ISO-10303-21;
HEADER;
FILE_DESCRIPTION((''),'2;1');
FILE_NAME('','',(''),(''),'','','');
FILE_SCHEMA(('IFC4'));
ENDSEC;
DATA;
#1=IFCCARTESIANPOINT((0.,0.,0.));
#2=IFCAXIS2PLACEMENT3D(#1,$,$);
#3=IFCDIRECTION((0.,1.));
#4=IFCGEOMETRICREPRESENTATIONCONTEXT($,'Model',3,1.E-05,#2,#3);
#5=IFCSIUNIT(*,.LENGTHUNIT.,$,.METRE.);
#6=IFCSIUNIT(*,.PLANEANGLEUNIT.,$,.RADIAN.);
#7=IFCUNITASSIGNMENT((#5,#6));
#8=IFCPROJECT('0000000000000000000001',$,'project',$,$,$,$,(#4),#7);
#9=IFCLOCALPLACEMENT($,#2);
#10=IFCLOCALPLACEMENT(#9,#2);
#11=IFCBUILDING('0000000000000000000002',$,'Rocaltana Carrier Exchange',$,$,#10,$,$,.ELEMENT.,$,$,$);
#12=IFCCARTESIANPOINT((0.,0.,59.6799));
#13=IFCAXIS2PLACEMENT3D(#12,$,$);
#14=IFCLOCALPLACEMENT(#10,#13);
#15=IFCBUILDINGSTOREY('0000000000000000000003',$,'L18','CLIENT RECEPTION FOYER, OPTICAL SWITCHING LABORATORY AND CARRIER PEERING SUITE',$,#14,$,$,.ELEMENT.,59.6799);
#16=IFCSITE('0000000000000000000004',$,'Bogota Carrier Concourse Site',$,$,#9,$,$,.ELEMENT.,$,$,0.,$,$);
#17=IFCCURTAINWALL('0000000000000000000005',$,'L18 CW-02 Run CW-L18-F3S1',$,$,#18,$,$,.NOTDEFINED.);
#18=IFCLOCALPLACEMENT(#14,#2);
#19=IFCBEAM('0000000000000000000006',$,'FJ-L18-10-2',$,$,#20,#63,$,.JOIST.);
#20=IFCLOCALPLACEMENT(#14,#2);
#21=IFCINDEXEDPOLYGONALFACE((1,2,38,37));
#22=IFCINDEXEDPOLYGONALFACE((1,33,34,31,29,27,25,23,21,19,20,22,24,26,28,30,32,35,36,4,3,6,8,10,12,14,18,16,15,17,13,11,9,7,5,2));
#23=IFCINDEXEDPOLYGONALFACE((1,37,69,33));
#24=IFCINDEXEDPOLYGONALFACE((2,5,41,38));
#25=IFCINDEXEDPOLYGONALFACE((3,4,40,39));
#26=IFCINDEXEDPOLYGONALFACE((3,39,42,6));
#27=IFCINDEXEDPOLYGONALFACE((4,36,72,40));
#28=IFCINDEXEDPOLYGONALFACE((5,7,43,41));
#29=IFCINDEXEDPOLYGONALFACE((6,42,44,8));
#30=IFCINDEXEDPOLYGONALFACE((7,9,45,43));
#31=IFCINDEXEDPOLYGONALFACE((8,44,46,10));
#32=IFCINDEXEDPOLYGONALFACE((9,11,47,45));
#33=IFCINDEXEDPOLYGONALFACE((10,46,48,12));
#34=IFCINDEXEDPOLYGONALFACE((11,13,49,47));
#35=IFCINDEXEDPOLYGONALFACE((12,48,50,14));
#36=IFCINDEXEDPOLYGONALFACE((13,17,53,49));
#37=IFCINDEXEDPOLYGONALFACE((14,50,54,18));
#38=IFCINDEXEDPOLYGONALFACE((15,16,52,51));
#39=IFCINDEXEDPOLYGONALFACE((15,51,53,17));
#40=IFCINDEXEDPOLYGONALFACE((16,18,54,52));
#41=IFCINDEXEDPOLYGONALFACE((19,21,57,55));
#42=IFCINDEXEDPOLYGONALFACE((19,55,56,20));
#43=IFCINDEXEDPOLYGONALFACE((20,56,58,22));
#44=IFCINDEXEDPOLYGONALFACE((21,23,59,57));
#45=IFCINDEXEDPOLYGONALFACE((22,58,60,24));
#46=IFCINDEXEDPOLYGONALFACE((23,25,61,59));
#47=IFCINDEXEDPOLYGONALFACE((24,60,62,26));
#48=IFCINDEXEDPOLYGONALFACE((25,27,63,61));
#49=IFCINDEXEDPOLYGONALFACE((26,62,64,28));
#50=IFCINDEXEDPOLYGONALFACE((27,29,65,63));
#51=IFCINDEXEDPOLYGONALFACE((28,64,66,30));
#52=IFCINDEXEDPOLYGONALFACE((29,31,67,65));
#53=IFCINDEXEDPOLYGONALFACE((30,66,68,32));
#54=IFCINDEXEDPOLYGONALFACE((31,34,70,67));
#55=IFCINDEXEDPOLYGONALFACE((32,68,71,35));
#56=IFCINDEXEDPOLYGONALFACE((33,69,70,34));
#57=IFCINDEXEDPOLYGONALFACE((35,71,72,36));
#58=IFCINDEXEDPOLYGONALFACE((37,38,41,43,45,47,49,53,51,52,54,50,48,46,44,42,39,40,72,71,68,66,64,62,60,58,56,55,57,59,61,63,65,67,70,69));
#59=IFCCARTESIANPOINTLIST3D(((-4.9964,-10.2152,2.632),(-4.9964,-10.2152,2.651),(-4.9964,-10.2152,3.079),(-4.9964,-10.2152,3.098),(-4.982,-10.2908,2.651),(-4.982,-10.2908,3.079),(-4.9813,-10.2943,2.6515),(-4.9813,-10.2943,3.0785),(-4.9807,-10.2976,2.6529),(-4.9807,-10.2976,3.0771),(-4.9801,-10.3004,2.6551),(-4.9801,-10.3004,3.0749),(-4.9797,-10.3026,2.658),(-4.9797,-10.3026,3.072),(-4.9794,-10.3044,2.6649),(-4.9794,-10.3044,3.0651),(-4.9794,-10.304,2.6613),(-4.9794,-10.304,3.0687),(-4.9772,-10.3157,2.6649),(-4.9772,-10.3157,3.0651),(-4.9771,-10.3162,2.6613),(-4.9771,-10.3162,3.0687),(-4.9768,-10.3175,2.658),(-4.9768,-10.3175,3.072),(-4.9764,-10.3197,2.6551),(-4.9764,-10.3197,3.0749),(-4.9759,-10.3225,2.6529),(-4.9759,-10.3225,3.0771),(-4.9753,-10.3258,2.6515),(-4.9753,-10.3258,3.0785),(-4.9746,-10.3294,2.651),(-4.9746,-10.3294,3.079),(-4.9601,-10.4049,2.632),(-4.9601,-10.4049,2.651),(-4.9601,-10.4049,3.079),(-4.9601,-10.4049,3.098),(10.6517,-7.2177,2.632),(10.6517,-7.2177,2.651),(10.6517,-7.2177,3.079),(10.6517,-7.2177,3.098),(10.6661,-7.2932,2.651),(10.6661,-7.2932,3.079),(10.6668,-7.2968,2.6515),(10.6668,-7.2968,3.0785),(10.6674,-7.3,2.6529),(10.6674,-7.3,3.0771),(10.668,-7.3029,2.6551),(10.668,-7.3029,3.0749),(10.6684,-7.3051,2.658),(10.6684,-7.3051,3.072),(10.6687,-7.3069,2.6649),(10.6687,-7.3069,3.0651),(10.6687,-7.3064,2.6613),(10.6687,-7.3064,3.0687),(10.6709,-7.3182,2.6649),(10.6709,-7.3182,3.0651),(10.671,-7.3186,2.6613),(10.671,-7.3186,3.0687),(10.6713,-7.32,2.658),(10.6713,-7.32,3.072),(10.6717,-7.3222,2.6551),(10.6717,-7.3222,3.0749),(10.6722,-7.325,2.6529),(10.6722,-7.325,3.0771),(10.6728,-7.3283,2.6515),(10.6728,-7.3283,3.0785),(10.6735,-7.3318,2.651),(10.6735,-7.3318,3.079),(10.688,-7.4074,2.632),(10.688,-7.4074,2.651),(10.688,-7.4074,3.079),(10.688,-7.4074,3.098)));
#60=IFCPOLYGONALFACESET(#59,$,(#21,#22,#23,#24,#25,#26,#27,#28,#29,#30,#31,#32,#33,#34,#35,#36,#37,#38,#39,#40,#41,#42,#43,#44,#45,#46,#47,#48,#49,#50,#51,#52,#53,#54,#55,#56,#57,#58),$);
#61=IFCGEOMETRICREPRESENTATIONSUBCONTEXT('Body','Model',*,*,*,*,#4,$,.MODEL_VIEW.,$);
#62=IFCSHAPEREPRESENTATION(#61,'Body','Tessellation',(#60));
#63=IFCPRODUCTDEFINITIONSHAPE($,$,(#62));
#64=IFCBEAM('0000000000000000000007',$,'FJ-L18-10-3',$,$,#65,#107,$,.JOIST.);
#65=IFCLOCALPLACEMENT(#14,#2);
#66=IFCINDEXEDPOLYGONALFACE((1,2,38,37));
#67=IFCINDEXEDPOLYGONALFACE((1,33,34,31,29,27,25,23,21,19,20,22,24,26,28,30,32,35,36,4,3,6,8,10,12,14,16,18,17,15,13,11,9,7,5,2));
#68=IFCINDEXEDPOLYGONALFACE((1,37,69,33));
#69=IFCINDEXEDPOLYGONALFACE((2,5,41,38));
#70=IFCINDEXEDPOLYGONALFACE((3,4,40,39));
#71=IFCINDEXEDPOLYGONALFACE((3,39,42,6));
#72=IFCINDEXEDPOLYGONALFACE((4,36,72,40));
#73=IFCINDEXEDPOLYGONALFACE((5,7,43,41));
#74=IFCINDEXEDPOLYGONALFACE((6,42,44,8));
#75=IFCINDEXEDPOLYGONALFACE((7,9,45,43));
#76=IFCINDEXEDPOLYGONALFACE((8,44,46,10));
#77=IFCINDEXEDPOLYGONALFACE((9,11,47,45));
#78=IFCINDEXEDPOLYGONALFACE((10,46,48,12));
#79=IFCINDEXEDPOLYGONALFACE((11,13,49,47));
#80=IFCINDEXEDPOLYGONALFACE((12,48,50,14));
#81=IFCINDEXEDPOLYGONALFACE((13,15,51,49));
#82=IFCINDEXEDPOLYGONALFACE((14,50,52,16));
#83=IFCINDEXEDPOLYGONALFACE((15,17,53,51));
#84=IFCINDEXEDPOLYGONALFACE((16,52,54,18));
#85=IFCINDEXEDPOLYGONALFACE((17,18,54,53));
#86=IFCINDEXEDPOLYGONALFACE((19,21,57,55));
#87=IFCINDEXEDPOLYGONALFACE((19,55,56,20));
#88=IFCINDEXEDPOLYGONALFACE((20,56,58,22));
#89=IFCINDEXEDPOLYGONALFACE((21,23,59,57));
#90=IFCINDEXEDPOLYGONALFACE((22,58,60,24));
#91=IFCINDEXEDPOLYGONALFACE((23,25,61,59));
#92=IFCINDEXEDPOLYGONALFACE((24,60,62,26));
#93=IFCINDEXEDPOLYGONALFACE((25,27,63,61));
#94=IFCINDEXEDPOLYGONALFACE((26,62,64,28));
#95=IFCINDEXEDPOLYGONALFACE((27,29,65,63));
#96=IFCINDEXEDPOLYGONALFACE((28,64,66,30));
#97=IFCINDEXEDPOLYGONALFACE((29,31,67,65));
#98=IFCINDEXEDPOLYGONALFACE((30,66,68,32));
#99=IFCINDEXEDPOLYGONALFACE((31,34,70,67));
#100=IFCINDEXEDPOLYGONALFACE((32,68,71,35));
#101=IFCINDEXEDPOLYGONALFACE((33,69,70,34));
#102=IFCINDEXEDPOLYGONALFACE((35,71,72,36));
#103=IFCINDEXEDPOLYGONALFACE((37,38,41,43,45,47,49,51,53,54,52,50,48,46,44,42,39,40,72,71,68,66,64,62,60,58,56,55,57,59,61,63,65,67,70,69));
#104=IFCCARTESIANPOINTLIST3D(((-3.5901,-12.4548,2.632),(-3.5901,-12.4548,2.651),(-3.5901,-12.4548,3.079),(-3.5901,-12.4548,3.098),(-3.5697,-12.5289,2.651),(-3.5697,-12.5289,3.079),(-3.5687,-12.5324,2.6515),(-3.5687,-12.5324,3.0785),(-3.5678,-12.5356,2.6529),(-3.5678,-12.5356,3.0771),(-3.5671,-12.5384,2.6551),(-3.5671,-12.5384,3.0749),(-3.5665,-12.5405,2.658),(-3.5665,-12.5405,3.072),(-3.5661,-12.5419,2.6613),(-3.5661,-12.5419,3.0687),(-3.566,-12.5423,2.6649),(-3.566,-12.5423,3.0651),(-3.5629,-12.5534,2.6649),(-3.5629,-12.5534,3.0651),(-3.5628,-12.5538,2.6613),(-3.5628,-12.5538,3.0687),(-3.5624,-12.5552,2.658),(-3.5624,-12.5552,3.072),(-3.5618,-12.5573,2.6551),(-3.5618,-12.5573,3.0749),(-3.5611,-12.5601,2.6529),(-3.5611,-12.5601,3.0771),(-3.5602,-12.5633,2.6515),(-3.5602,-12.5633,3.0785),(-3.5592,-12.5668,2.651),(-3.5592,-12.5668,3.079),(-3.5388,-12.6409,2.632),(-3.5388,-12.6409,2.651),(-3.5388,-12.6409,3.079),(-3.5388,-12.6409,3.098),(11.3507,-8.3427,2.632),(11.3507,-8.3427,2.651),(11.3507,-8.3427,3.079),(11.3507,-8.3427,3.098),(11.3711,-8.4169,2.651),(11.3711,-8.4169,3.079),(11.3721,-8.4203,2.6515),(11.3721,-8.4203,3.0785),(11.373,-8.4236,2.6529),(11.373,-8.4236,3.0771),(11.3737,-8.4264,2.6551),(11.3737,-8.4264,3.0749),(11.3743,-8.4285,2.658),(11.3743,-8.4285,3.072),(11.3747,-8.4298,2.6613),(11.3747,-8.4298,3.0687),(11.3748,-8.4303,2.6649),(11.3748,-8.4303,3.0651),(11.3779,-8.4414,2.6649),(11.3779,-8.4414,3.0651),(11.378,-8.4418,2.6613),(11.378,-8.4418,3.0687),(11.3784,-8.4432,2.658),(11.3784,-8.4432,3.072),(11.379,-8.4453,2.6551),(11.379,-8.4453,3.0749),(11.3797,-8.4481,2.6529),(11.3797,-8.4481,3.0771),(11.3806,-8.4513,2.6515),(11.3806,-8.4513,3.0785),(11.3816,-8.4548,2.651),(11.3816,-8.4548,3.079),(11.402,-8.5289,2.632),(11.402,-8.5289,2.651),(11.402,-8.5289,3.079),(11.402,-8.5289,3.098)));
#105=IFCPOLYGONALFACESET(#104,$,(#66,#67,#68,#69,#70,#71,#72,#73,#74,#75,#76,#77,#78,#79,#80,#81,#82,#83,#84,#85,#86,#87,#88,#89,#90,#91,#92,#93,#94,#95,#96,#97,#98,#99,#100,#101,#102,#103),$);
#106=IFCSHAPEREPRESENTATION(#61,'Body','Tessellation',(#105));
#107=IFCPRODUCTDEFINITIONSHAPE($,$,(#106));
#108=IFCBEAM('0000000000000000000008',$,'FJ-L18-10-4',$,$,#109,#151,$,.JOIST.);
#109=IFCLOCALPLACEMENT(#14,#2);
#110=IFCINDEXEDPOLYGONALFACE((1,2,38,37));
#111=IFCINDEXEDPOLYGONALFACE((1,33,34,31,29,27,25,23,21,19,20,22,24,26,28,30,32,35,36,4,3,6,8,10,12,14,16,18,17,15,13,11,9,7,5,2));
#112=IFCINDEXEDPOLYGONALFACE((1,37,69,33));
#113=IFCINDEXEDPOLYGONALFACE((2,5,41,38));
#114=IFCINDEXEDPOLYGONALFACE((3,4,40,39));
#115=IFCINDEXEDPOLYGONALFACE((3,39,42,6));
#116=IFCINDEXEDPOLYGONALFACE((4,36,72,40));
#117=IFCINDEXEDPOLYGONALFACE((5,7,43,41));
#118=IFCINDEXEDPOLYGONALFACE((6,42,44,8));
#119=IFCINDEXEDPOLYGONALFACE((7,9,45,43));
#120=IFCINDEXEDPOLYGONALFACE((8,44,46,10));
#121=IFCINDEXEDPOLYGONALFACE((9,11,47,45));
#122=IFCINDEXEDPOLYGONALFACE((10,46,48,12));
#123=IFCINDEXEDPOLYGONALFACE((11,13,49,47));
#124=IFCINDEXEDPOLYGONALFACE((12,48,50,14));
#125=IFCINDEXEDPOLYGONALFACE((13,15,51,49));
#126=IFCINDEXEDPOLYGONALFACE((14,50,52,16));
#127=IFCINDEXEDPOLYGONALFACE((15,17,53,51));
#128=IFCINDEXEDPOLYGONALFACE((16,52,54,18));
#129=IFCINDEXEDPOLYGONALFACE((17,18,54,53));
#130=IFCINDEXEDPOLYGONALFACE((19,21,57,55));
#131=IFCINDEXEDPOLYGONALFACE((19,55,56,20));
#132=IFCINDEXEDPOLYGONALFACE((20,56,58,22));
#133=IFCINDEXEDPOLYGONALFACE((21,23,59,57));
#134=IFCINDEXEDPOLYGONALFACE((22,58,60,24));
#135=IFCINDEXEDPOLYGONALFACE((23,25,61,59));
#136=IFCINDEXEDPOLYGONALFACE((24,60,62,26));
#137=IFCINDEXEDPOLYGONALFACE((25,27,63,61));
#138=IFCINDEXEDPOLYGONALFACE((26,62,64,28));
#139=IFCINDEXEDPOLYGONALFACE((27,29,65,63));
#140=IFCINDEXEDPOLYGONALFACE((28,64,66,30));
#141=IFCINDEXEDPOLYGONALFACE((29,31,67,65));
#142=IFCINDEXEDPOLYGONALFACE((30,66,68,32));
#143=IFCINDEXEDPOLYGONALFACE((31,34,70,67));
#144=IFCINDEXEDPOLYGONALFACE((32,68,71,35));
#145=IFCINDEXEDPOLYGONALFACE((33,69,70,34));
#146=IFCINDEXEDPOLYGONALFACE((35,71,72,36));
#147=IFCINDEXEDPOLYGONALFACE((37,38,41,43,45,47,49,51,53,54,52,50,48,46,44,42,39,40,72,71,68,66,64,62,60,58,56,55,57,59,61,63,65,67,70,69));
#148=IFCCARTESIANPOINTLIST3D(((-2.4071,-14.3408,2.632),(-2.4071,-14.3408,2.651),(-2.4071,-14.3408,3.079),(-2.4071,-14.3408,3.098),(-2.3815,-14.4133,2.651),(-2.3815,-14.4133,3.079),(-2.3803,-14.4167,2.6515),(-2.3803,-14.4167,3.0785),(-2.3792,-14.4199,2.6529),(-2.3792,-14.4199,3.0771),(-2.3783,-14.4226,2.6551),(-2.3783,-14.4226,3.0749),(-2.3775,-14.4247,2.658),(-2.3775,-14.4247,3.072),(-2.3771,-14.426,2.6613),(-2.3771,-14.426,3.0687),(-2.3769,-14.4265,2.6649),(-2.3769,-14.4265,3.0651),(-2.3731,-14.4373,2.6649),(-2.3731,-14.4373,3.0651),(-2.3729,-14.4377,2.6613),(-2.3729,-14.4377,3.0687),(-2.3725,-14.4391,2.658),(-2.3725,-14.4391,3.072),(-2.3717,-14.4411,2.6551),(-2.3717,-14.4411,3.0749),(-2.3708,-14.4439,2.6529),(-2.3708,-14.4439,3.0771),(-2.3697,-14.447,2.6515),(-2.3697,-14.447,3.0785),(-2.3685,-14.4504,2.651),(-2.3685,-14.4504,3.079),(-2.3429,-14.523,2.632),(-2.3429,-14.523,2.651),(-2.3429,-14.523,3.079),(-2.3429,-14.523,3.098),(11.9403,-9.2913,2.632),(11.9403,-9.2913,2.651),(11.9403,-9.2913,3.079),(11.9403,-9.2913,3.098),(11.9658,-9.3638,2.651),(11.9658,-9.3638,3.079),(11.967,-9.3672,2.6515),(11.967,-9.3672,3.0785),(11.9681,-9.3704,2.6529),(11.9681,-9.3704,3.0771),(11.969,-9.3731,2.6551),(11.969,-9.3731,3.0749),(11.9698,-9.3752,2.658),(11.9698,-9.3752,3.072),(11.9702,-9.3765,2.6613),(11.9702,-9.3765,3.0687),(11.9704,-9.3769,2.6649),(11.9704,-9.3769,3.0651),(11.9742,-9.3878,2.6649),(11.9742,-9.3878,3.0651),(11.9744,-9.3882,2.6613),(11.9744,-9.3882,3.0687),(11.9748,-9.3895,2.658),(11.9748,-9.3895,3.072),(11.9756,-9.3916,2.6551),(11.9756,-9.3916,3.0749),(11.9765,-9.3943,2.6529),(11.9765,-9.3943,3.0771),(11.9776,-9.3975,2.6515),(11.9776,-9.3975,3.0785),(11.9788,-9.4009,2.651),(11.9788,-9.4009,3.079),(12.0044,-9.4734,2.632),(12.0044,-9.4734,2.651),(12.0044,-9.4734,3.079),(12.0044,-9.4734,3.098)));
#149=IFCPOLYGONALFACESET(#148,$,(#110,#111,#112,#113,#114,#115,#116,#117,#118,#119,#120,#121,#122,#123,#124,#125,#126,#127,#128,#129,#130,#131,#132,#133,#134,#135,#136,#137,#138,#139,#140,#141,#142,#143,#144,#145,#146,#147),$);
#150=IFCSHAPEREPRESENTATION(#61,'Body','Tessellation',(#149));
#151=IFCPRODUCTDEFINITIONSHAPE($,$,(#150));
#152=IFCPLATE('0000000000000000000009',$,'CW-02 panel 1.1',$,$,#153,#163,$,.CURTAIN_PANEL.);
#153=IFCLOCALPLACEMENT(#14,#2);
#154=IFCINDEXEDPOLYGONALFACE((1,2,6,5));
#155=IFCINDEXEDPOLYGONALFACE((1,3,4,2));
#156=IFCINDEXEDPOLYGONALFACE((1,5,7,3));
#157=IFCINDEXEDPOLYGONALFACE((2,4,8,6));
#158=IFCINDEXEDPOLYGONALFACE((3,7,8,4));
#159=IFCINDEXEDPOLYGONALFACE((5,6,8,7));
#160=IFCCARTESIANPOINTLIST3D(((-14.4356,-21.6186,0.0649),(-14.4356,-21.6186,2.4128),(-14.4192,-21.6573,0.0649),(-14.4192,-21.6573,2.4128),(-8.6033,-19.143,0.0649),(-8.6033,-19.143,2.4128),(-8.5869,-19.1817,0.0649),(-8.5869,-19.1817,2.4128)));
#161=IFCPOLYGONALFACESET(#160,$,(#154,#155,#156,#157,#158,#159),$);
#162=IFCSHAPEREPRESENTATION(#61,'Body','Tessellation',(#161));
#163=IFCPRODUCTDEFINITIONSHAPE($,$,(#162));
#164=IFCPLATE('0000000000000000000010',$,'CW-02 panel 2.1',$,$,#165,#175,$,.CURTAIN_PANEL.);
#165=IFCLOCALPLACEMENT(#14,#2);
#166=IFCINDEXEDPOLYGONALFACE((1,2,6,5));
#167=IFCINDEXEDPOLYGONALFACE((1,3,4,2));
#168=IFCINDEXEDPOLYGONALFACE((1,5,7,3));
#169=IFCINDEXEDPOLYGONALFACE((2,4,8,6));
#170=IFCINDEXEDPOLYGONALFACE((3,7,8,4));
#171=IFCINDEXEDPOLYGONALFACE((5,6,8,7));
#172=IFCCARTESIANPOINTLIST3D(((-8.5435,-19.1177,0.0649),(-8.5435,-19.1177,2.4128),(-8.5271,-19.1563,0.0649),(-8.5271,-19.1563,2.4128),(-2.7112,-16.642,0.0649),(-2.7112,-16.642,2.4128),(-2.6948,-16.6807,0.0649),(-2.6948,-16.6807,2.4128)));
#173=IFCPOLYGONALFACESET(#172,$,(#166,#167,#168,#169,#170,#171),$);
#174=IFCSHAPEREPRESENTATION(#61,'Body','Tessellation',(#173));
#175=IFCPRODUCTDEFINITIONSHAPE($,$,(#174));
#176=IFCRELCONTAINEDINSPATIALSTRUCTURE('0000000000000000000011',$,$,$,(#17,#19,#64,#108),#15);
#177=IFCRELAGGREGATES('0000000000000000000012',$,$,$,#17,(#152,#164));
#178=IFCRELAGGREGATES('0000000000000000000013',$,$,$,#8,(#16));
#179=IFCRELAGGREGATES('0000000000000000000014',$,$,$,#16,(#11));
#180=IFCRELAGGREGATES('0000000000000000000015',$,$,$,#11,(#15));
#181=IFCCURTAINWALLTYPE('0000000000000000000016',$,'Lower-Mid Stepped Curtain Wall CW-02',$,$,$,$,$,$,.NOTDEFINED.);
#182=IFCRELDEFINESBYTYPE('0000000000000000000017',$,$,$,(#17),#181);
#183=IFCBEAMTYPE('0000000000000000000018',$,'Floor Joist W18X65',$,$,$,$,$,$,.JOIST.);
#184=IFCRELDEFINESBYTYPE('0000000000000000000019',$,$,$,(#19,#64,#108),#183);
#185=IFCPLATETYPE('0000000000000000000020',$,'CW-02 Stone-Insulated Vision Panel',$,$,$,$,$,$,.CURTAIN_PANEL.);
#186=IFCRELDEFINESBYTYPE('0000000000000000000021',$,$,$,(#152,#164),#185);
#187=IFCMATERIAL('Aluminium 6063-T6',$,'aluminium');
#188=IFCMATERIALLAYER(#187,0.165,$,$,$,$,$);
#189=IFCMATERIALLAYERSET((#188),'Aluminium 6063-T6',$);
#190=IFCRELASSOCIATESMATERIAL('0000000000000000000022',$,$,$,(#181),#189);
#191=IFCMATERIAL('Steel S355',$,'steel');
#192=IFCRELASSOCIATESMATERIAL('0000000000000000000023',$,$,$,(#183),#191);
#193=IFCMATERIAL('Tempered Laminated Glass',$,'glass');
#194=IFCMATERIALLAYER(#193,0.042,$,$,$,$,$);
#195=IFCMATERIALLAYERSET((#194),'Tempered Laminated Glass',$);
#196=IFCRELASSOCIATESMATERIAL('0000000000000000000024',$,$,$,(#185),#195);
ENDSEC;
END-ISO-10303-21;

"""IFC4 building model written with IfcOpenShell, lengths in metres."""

from ifc_helpers import new_model, si_unit, direction, frame, origin, origin_2d, place, context, subcontext, project, spatial, rectangle, i_section, extrude, material, layer, layer_set, material_profile, profile_set, type_object, element, aggregate, save


model = new_model("IFC4")

# Units and contexts
model_context = context("Model", 3, precision=1e-05, world=origin(), true_north=direction((0.0, 1.0)))
body_context = subcontext(model_context, "Body", "Model", "MODEL_VIEW")
ifc_project = project(units=[si_unit("LENGTHUNIT", "METRE"), si_unit("PLANEANGLEUNIT", "RADIAN")], contexts=[model_context])

# Site, building, storey
site_placement = place(None, origin())
site = spatial("IfcSite", under=ifc_project, at=site_placement, Name="Bogota Carrier Concourse Site", CompositionType="ELEMENT", RefElevation=0.0)
building_placement = place(site_placement, origin())
building = spatial("IfcBuilding", under=site, at=building_placement, Name="Rocaltana Carrier Exchange", CompositionType="ELEMENT")
storey_placement = place(building_placement, frame((0.0, 0.0, 59.6799)))
storey = spatial("IfcBuildingStorey", under=building, at=storey_placement, Name="L18", Description="CLIENT RECEPTION FOYER, OPTICAL SWITCHING LABORATORY AND CARRIER PEERING SUITE", CompositionType="ELEMENT", Elevation=59.6799)

# Curtain wall
ifc_material_1 = material(Name="Aluminium 6063-T6", Category="aluminium")
ifc_layer_1 = layer(ifc_material_1, 0.165)
ifc_layer_set_1 = layer_set([ifc_layer_1], Name="Aluminium 6063-T6")
curtain_wall_type = type_object("IfcCurtainWallType", Name="Lower-Mid Stepped Curtain Wall CW-02", PredefinedType="NOTDEFINED", material=ifc_layer_set_1)
curtain_wall_placement = place(storey_placement, origin())
curtain_wall = element("IfcCurtainWall", 1, at=curtain_wall_placement, inside=storey, type_object=curtain_wall_type, Name="L18 CW-02 Run CW-L18-F3S1", PredefinedType="NOTDEFINED")

# Beams
ifc_material_2 = material(Name="Steel S355", Category="steel")
ifc_material_profile_1 = material_profile(ifc_material_2, i_section(OverallWidth=0.1931, OverallDepth=0.4661, WebThickness=0.0115, FlangeThickness=0.019, FilletRadius=0.0139, at=origin_2d()), Name="W18X65")
ifc_profile_set_1 = profile_set([ifc_material_profile_1], Name="Steel S355")
beam_type = type_object("IfcBeamType", Name="Floor Joist W18X65", PredefinedType="JOIST", material=ifc_profile_set_1)
beam_1_placement = place(storey_placement, frame((-4.9783, -10.3101, 2.865), z_axis=(0.982142, 0.188139, 0.0), x_axis=(-0.188139, 0.982142, 0.0)))
element("IfcBeam", 2, at=beam_1_placement, inside=storey, type_object=beam_type, Name="FJ-L18-10-2", PredefinedType="JOIST", context=body_context, shape_type="SweptSolid", body=[
    extrude(i_section(OverallWidth=0.1931, OverallDepth=0.4661, WebThickness=0.0115, FlangeThickness=0.019, FilletRadius=0.0139, at=origin_2d()), origin(), (0.0, 0.0, 1.0), 15.9326),
])
beam_2_placement = place(storey_placement, frame((-3.5645, -12.5479, 2.865), z_axis=(0.964151, 0.265355, 0.0), x_axis=(-0.265355, 0.964151, 0.0)))
element("IfcBeam", 3, at=beam_2_placement, inside=storey, type_object=beam_type, Name="FJ-L18-10-3", PredefinedType="JOIST", context=body_context, shape_type="SweptSolid", body=[
    extrude(i_section(OverallWidth=0.1931, OverallDepth=0.4661, WebThickness=0.0115, FlangeThickness=0.019, FilletRadius=0.0139, at=origin_2d()), origin(), (0.0, 0.0, 1.0), 15.4963),
])
beam_3_placement = place(storey_placement, frame((-2.375, -14.4319, 2.865), z_axis=(0.943284, 0.331988, 0.0), x_axis=(-0.331988, 0.943284, 0.0)))
element("IfcBeam", 4, at=beam_3_placement, inside=storey, type_object=beam_type, Name="FJ-L18-10-4", PredefinedType="JOIST", context=body_context, shape_type="SweptSolid", body=[
    extrude(i_section(OverallWidth=0.1931, OverallDepth=0.4661, WebThickness=0.0115, FlangeThickness=0.019, FilletRadius=0.0139, at=origin_2d()), origin(), (0.0, 0.0, 1.0), 15.21),
])

# Plates
ifc_material_3 = material(Name="Tempered Laminated Glass", Category="glass")
ifc_layer_2 = layer(ifc_material_3, 0.042)
ifc_layer_set_2 = layer_set([ifc_layer_2], Name="Tempered Laminated Glass")
plate_type = type_object("IfcPlateType", Name="CW-02 Stone-Insulated Vision Panel", PredefinedType="CURTAIN_PANEL", material=ifc_layer_set_2)
plate_1_placement = place(storey_placement, frame((-11.5112, -20.4001, 0.0649), z_axis=(0.0, 0.0, 1.0), x_axis=(0.920506, 0.390729, 0.0)))
plate_1 = element("IfcPlate", 5, at=plate_1_placement, type_object=plate_type, Name="CW-02 panel 1.1", PredefinedType="CURTAIN_PANEL", context=body_context, shape_type="SweptSolid", body=[
    extrude(rectangle(XDim=6.3359, YDim=0.042, at=origin_2d()), origin(), (0.0, 0.0, 1.0), 2.3479),
])
plate_2_placement = place(storey_placement, frame((-5.6191, -17.8992, 0.0649), z_axis=(0.0, 0.0, 1.0), x_axis=(0.920506, 0.390729, 0.0)))
plate_2 = element("IfcPlate", 6, at=plate_2_placement, type_object=plate_type, Name="CW-02 panel 2.1", PredefinedType="CURTAIN_PANEL", context=body_context, shape_type="SweptSolid", body=[
    extrude(rectangle(XDim=6.3359, YDim=0.042, at=origin_2d()), origin(), (0.0, 0.0, 1.0), 2.3479),
])
aggregate(curtain_wall, [plate_1, plate_2])

save(model, "model.ifc")
